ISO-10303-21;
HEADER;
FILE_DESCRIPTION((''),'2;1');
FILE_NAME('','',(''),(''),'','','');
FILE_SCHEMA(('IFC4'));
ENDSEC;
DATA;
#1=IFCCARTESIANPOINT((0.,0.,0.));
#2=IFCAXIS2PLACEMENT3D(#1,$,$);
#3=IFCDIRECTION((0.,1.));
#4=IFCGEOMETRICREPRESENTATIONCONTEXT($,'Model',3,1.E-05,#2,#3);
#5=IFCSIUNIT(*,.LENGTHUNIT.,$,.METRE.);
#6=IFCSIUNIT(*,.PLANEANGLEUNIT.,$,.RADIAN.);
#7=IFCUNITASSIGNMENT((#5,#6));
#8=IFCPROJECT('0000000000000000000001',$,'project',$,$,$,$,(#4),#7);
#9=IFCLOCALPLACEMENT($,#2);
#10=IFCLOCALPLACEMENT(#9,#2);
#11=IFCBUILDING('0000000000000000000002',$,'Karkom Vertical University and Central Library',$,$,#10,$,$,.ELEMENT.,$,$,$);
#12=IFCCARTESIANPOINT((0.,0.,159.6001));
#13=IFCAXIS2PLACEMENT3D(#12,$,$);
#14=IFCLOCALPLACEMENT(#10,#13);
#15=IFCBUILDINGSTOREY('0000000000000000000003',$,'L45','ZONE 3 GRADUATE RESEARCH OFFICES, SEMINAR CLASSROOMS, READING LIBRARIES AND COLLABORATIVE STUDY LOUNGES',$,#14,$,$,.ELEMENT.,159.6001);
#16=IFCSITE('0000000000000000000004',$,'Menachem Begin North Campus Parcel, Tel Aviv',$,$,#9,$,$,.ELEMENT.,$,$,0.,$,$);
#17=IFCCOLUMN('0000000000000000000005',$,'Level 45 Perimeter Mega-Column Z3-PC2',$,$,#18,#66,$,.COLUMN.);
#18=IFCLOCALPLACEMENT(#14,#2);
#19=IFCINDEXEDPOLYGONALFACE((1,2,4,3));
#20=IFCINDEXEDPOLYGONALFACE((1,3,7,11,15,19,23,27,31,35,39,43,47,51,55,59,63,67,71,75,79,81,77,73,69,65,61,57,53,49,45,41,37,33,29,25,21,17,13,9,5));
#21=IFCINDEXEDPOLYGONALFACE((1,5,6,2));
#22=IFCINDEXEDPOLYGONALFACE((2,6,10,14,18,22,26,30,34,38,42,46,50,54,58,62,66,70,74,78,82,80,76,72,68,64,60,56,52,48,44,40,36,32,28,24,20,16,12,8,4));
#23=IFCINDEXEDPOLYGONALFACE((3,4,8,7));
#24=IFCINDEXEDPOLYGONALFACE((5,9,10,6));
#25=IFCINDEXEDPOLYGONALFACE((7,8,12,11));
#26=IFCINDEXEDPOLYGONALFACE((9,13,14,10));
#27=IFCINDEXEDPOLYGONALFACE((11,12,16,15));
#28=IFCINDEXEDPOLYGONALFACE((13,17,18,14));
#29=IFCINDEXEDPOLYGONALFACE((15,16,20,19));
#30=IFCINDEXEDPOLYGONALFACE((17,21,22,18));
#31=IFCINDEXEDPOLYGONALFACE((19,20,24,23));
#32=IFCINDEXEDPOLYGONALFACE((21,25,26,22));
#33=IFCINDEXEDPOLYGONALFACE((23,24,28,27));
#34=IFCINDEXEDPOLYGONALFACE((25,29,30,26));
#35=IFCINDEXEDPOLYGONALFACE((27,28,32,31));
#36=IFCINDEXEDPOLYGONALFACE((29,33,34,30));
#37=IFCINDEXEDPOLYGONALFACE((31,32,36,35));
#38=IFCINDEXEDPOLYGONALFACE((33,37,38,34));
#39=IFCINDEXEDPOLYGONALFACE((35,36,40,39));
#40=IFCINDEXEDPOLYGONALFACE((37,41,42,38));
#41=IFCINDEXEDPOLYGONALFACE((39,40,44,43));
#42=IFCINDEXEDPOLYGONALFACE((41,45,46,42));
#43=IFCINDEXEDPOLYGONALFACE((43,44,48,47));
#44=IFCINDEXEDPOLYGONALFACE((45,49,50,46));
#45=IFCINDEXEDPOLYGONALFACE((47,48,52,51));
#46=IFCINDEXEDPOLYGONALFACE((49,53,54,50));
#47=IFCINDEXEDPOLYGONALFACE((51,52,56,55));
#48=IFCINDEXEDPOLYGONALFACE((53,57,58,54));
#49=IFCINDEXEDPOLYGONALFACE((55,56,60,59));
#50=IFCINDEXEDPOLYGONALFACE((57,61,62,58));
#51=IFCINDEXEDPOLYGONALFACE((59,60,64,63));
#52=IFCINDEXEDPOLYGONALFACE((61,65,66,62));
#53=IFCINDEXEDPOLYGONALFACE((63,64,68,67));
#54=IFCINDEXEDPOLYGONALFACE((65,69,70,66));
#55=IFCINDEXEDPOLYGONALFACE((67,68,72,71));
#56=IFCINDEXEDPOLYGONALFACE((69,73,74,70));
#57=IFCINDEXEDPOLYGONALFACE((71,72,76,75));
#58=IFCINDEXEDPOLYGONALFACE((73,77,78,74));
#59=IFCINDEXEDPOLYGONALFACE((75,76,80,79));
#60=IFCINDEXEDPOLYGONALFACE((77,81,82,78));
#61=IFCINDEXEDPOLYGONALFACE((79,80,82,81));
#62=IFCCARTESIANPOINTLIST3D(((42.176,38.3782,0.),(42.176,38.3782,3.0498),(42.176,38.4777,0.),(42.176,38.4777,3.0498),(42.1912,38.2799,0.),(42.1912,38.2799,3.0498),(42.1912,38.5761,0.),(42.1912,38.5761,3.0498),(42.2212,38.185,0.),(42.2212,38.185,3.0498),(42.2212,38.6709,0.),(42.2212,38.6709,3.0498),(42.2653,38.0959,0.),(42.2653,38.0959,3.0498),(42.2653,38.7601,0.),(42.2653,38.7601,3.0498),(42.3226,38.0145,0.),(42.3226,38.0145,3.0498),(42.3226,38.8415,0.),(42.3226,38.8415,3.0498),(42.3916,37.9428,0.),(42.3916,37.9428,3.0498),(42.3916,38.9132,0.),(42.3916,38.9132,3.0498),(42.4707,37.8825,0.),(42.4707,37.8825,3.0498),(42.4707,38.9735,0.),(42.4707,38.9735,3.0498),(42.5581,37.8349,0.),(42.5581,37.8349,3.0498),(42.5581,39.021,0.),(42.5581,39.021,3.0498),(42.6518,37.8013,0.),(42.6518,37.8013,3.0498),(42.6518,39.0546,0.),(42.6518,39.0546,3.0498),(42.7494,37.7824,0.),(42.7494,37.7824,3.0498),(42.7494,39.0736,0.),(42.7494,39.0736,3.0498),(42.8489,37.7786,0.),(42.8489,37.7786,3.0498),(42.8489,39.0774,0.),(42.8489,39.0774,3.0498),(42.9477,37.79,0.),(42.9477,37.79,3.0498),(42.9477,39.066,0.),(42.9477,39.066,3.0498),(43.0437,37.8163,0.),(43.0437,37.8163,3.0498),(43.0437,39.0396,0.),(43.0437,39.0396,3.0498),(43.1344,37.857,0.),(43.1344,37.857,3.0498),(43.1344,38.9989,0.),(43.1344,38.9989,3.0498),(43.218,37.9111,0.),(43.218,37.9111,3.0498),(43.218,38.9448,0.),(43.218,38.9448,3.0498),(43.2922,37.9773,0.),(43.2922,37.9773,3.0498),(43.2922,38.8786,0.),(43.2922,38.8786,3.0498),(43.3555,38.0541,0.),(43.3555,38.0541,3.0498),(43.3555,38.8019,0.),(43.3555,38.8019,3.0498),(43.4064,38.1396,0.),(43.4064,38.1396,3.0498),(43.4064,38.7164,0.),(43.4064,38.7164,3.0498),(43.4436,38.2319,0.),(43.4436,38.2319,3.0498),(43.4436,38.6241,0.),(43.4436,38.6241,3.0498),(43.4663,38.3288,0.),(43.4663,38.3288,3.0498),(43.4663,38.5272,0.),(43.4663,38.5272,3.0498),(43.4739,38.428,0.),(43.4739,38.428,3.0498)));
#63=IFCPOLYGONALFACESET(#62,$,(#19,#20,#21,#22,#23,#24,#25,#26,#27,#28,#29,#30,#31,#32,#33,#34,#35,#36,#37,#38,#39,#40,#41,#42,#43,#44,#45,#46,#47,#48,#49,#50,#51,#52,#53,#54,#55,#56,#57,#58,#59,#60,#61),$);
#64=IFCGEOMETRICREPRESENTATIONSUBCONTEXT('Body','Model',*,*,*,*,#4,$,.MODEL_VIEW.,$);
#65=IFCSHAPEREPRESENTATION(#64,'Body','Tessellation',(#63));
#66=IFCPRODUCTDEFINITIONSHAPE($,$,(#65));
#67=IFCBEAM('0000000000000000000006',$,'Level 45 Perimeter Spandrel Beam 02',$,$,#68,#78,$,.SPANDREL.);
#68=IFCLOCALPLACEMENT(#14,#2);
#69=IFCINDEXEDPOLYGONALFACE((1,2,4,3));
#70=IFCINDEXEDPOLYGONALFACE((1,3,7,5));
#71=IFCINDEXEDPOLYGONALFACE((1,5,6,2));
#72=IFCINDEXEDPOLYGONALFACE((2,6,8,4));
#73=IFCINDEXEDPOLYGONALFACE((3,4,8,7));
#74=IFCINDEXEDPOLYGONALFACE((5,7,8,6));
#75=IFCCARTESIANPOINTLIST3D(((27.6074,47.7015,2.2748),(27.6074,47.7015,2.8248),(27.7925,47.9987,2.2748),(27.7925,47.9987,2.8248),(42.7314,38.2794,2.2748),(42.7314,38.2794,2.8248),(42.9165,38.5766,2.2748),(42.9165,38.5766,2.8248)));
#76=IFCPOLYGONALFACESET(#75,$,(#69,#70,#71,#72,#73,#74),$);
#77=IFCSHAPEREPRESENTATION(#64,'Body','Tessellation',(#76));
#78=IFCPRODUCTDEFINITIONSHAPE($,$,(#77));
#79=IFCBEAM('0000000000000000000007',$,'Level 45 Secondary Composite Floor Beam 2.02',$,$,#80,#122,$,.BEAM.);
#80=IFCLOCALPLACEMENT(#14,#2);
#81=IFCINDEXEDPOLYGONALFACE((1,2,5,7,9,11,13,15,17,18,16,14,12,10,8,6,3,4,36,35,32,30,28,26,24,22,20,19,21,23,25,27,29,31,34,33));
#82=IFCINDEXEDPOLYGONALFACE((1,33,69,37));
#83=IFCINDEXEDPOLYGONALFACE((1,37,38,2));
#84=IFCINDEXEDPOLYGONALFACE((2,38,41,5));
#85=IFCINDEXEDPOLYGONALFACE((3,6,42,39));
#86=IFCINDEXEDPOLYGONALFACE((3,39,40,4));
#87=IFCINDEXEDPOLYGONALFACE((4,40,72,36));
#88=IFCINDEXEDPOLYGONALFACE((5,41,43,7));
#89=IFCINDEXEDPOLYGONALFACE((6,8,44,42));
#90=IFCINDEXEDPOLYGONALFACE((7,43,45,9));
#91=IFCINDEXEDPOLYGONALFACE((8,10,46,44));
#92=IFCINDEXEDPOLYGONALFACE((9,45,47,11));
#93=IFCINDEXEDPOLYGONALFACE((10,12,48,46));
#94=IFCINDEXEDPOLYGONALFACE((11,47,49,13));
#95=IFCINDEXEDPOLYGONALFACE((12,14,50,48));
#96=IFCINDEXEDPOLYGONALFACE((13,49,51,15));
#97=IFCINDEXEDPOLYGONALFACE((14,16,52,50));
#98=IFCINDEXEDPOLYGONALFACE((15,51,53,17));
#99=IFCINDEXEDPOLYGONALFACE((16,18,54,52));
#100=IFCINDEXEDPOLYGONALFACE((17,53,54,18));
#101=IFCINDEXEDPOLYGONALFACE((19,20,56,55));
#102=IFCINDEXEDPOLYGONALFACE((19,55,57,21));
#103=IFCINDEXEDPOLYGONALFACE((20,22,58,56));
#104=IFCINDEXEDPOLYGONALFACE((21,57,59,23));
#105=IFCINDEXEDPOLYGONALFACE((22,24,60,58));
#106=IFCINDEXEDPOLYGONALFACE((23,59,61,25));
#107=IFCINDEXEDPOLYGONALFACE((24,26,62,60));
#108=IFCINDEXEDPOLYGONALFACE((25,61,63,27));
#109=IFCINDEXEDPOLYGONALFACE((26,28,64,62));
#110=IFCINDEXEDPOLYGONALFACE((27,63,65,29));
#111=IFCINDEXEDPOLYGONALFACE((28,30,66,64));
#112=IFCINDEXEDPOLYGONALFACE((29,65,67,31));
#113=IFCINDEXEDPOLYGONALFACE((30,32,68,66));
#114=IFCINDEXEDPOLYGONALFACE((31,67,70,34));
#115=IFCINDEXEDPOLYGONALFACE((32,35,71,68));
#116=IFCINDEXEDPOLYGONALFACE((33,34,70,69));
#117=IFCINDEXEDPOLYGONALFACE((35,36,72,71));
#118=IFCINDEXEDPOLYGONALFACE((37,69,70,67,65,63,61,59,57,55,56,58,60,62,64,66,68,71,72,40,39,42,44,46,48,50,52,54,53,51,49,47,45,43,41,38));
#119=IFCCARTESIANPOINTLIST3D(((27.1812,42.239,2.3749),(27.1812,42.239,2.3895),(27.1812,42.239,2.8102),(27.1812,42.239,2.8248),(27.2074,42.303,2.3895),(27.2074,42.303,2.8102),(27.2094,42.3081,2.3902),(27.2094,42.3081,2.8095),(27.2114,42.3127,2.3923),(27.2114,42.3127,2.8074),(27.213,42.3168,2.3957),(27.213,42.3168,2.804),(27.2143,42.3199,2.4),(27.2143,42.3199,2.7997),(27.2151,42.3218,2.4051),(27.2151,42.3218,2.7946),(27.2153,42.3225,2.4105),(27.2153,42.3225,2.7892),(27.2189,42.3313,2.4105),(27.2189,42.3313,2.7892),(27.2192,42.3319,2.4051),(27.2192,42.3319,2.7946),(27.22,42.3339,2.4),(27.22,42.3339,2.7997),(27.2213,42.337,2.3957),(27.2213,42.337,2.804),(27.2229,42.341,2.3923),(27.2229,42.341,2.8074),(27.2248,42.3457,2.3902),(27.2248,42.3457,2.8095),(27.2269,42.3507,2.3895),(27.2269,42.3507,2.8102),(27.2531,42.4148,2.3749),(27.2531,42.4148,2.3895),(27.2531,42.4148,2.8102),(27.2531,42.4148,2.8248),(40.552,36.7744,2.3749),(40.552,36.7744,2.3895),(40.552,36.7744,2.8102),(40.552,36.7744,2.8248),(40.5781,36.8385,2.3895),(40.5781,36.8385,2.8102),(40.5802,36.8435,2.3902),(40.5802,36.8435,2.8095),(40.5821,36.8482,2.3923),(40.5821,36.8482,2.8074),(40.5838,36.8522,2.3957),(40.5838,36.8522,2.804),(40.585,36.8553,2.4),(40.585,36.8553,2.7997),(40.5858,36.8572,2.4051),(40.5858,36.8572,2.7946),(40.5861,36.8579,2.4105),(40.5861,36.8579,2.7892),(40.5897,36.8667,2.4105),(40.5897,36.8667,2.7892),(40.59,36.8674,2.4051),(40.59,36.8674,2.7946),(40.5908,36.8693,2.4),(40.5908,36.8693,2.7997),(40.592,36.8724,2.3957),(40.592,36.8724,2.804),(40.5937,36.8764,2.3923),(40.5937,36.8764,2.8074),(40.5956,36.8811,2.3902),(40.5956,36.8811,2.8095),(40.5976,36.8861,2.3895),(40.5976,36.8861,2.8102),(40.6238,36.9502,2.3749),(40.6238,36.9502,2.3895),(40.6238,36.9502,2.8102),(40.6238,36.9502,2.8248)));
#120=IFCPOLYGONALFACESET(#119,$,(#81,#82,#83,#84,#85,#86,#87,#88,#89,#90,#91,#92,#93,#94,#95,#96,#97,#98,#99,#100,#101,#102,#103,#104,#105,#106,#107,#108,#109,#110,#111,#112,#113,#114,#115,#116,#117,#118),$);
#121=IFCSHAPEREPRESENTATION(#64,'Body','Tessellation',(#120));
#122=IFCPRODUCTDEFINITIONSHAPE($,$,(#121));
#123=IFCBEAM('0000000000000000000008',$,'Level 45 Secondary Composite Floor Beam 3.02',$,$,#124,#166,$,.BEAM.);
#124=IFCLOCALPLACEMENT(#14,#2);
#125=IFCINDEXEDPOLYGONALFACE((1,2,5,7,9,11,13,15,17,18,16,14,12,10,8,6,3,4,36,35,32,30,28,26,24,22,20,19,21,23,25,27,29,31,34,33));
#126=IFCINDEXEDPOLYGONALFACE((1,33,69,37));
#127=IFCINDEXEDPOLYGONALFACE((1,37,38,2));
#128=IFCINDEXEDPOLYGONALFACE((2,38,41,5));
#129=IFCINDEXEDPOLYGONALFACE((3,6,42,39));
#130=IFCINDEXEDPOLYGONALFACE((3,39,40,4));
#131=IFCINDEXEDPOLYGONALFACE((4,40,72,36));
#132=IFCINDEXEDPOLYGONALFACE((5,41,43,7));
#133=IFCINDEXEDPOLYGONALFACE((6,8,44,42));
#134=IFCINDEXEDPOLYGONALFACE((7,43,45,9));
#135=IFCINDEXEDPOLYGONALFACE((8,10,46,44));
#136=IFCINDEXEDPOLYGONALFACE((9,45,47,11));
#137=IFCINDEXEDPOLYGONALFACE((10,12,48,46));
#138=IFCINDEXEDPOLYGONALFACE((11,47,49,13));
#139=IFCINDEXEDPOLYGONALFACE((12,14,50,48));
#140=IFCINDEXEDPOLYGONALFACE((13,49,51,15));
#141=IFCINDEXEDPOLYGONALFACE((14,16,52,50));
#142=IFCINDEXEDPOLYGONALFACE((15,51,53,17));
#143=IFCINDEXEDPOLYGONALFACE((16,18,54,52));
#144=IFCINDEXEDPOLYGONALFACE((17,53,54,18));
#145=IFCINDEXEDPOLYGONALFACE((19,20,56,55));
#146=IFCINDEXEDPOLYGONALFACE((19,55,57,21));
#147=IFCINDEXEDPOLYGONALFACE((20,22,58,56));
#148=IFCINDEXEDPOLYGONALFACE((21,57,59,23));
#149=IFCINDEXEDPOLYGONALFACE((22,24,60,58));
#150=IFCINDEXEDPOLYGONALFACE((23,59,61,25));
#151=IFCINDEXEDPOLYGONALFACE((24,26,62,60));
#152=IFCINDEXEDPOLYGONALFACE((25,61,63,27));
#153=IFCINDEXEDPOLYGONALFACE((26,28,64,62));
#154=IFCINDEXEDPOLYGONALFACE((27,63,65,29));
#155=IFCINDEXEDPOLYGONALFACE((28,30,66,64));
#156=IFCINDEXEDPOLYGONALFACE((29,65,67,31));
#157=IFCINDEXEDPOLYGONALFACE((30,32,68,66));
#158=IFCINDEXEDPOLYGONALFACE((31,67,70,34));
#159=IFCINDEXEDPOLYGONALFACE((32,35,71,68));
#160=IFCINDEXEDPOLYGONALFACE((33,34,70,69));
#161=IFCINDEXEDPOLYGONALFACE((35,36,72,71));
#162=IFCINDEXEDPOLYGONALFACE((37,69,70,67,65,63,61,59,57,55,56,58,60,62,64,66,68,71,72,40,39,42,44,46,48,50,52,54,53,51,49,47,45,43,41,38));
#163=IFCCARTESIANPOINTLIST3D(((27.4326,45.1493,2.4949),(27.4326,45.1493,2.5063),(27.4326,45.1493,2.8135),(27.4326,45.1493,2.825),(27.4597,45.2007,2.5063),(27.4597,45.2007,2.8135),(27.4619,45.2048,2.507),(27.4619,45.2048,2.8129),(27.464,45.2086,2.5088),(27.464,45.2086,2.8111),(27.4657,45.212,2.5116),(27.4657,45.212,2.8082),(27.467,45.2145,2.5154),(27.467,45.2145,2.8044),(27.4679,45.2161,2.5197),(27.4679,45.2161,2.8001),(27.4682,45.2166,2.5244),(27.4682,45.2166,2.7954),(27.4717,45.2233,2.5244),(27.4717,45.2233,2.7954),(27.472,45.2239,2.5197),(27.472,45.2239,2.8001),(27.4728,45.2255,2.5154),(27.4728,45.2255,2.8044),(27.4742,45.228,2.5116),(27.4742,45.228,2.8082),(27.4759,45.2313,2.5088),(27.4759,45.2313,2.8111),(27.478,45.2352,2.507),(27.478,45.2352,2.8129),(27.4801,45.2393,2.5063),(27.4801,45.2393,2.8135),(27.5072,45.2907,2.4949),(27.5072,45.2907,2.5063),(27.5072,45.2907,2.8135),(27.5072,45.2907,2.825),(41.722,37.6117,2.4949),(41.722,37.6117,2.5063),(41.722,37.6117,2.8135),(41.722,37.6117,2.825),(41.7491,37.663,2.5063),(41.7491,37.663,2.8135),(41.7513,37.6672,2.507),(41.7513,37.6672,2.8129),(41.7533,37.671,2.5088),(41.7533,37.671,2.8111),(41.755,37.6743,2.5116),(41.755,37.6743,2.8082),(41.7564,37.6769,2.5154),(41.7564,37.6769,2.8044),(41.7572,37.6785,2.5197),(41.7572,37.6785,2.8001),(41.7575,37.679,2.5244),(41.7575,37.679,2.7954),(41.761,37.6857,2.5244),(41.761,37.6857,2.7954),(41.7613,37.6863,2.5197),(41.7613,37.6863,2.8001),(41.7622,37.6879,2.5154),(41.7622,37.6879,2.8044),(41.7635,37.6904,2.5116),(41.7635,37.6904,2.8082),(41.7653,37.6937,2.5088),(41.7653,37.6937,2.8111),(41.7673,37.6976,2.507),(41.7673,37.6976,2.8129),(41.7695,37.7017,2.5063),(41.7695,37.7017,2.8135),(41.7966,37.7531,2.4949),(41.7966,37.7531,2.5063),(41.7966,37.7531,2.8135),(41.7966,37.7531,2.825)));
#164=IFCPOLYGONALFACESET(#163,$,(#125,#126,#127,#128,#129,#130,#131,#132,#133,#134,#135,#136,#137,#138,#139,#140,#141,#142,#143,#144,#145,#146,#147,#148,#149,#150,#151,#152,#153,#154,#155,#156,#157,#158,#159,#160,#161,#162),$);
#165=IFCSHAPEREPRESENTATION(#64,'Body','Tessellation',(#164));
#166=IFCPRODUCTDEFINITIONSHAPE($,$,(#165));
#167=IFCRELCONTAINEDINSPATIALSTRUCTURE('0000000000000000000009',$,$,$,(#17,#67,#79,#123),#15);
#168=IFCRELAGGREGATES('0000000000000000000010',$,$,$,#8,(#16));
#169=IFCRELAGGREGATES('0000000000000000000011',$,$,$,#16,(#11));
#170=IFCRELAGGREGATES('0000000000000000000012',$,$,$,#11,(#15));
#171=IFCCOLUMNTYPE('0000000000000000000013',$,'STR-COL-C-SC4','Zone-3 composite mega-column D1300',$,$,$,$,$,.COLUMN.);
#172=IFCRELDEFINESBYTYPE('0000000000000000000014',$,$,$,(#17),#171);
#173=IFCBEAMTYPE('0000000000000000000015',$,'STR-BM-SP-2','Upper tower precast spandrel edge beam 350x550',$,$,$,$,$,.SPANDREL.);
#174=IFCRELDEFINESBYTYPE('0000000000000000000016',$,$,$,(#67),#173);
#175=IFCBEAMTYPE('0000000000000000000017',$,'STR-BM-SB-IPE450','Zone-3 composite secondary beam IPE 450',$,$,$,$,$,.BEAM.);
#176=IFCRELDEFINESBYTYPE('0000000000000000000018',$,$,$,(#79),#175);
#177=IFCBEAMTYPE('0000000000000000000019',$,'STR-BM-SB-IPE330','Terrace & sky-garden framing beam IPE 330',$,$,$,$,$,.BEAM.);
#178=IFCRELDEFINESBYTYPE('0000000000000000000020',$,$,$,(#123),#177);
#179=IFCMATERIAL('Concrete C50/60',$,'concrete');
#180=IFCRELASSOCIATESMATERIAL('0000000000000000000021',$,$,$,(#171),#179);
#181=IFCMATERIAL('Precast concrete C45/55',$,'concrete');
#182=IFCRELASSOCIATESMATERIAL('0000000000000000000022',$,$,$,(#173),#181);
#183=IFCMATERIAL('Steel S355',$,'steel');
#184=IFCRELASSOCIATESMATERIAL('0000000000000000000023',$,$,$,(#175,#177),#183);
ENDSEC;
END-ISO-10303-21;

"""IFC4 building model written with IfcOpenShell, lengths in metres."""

from ifc_helpers import new_model, si_unit, direction, frame, origin, origin_with_axes, origin_2d, place, context, subcontext, project, spatial, rectangle, circle, i_section, extrude, source, transform, mapped, material, material_profile, profile_set, type_object, element, save


model = new_model("IFC4")

# Units and contexts
model_context = context("Model", 3, precision=1e-05, world=origin(), true_north=direction((0.0, 1.0)))
body_context = subcontext(model_context, "Body", "Model", "MODEL_VIEW")
ifc_project = project(units=[si_unit("LENGTHUNIT", "METRE"), si_unit("PLANEANGLEUNIT", "RADIAN")], contexts=[model_context])

# Site, building, storey
site_placement = place(None, origin())
site = spatial("IfcSite", under=ifc_project, at=site_placement, Name="Menachem Begin North Campus Parcel, Tel Aviv", CompositionType="ELEMENT", RefElevation=0.0)
building_placement = place(site_placement, origin())
building = spatial("IfcBuilding", under=site, at=building_placement, Name="Karkom Vertical University and Central Library", CompositionType="ELEMENT")
storey_placement = place(building_placement, frame((0.0, 0.0, 159.6001)))
storey = spatial("IfcBuildingStorey", under=building, at=storey_placement, Name="L45", Description="ZONE 3 GRADUATE RESEARCH OFFICES, SEMINAR CLASSROOMS, READING LIBRARIES AND COLLABORATIVE STUDY LOUNGES", CompositionType="ELEMENT", Elevation=159.6001)

# Column
ifc_material_1 = material(Name="Concrete C50/60", Category="concrete")
ifc_material_profile_1 = material_profile(ifc_material_1, circle(Radius=0.6499, at=origin_2d()), Name="CFT-D1300")
ifc_profile_set_1 = profile_set([ifc_material_profile_1], Name="Concrete C50/60")
column_type = type_object("IfcColumnType", Name="STR-COL-C-SC4", Description="Zone-3 composite mega-column D1300", PredefinedType="COLUMN", material=ifc_profile_set_1)
shared_shape_1 = source(origin_with_axes(), body_context, "Body", "SweptSolid", [
    extrude(circle(Radius=0.6499, at=origin_2d()), origin(), (0.0, 0.0, 1.0), 3.0498),
])
column_placement = place(storey_placement, frame((42.824, 38.428, 0.0), z_axis=(0.0, 0.0, 1.0), x_axis=(1.0, 0.0, 0.0)))
element("IfcColumn", 1, at=column_placement, inside=storey, type_object=column_type, Name="Level 45 Perimeter Mega-Column Z3-PC2", PredefinedType="COLUMN", context=body_context, shape_type="MappedRepresentation", body=[
    mapped(shared_shape_1, transform((0.0, 0.0, 0.0), scale=1.0)),
])

# Beams
ifc_material_2 = material(Name="Precast concrete C45/55", Category="concrete")
ifc_material_profile_2 = material_profile(ifc_material_2, rectangle(XDim=0.3501, YDim=0.55, at=origin_2d()), Name="SPB-350x550")
ifc_profile_set_2 = profile_set([ifc_material_profile_2], Name="Precast concrete C45/55")
beam_type_1 = type_object("IfcBeamType", Name="STR-BM-SP-2", Description="Upper tower precast spandrel edge beam 350x550", PredefinedType="SPANDREL", material=ifc_profile_set_2)
shared_shape_2 = source(origin_with_axes(), body_context, "Body", "SweptSolid", [
    extrude(rectangle(XDim=0.3501, YDim=0.55, at=origin_2d()), origin(), (0.0, 0.0, 1.0), 17.8188),
])
beam_1_placement = place(storey_placement, frame((42.824, 38.428, 2.5498), z_axis=(-0.848764, 0.528772, 0.0), x_axis=(-0.528772, -0.848764, 0.0)))
element("IfcBeam", 2, at=beam_1_placement, inside=storey, type_object=beam_type_1, Name="Level 45 Perimeter Spandrel Beam 02", PredefinedType="SPANDREL", context=body_context, shape_type="MappedRepresentation", body=[
    mapped(shared_shape_2, transform((0.0, 0.0, 0.0), scale=1.0)),
])
ifc_material_3 = material(Name="Steel S355", Category="steel")
ifc_material_profile_3 = material_profile(ifc_material_3, i_section(OverallWidth=0.1899, OverallDepth=0.45, WebThickness=0.0095, FlangeThickness=0.0146, FilletRadius=0.021, at=origin_2d()), Name="IPE 450")
ifc_profile_set_3 = profile_set([ifc_material_profile_3], Name="Steel S355")
beam_type_2 = type_object("IfcBeamType", Name="STR-BM-SB-IPE450", Description="Zone-3 composite secondary beam IPE 450", PredefinedType="BEAM", material=ifc_profile_set_3)
shared_shape_3 = source(origin_with_axes(), body_context, "Body", "SweptSolid", [
    extrude(i_section(OverallWidth=0.1899, OverallDepth=0.45, WebThickness=0.0095, FlangeThickness=0.0146, FilletRadius=0.021, at=origin_2d()), origin(), (0.0, 0.0, 1.0), 14.4443),
])
beam_2_placement = place(storey_placement, frame((40.5879, 36.8623, 2.5999), z_axis=(-0.925675, 0.378319, 0.0), x_axis=(-0.378319, -0.925675, 0.0)))
element("IfcBeam", 3, at=beam_2_placement, inside=storey, type_object=beam_type_2, Name="Level 45 Secondary Composite Floor Beam 2.02", PredefinedType="BEAM", context=body_context, shape_type="MappedRepresentation", body=[
    mapped(shared_shape_3, transform((0.0, 0.0, 0.0), scale=1.0)),
])
ifc_material_profile_4 = material_profile(ifc_material_3, i_section(OverallWidth=0.1599, OverallDepth=0.3301, WebThickness=0.0076, FlangeThickness=0.0115, FilletRadius=0.0181, at=origin_2d()), Name="IPE 330")
ifc_profile_set_4 = profile_set([ifc_material_profile_4], Name="Steel S355")
beam_type_3 = type_object("IfcBeamType", Name="STR-BM-SB-IPE330", Description="Terrace & sky-garden framing beam IPE 330", PredefinedType="BEAM", material=ifc_profile_set_4)
shared_shape_4 = source(origin_with_axes(), body_context, "Body", "SweptSolid", [
    extrude(i_section(OverallWidth=0.1599, OverallDepth=0.3301, WebThickness=0.0076, FlangeThickness=0.0115, FilletRadius=0.0181, at=origin_2d()), origin(), (0.0, 0.0, 1.0), 16.1555),
])
beam_3_placement = place(storey_placement, frame((41.7593, 37.6824, 2.6599), z_axis=(-0.884486, 0.466566, 0.0), x_axis=(-0.466566, -0.884486, 0.0)))
element("IfcBeam", 4, at=beam_3_placement, inside=storey, type_object=beam_type_3, Name="Level 45 Secondary Composite Floor Beam 3.02", PredefinedType="BEAM", context=body_context, shape_type="MappedRepresentation", body=[
    mapped(shared_shape_4, transform((0.0, 0.0, 0.0), scale=1.0)),
])

save(model, "model.ifc")
